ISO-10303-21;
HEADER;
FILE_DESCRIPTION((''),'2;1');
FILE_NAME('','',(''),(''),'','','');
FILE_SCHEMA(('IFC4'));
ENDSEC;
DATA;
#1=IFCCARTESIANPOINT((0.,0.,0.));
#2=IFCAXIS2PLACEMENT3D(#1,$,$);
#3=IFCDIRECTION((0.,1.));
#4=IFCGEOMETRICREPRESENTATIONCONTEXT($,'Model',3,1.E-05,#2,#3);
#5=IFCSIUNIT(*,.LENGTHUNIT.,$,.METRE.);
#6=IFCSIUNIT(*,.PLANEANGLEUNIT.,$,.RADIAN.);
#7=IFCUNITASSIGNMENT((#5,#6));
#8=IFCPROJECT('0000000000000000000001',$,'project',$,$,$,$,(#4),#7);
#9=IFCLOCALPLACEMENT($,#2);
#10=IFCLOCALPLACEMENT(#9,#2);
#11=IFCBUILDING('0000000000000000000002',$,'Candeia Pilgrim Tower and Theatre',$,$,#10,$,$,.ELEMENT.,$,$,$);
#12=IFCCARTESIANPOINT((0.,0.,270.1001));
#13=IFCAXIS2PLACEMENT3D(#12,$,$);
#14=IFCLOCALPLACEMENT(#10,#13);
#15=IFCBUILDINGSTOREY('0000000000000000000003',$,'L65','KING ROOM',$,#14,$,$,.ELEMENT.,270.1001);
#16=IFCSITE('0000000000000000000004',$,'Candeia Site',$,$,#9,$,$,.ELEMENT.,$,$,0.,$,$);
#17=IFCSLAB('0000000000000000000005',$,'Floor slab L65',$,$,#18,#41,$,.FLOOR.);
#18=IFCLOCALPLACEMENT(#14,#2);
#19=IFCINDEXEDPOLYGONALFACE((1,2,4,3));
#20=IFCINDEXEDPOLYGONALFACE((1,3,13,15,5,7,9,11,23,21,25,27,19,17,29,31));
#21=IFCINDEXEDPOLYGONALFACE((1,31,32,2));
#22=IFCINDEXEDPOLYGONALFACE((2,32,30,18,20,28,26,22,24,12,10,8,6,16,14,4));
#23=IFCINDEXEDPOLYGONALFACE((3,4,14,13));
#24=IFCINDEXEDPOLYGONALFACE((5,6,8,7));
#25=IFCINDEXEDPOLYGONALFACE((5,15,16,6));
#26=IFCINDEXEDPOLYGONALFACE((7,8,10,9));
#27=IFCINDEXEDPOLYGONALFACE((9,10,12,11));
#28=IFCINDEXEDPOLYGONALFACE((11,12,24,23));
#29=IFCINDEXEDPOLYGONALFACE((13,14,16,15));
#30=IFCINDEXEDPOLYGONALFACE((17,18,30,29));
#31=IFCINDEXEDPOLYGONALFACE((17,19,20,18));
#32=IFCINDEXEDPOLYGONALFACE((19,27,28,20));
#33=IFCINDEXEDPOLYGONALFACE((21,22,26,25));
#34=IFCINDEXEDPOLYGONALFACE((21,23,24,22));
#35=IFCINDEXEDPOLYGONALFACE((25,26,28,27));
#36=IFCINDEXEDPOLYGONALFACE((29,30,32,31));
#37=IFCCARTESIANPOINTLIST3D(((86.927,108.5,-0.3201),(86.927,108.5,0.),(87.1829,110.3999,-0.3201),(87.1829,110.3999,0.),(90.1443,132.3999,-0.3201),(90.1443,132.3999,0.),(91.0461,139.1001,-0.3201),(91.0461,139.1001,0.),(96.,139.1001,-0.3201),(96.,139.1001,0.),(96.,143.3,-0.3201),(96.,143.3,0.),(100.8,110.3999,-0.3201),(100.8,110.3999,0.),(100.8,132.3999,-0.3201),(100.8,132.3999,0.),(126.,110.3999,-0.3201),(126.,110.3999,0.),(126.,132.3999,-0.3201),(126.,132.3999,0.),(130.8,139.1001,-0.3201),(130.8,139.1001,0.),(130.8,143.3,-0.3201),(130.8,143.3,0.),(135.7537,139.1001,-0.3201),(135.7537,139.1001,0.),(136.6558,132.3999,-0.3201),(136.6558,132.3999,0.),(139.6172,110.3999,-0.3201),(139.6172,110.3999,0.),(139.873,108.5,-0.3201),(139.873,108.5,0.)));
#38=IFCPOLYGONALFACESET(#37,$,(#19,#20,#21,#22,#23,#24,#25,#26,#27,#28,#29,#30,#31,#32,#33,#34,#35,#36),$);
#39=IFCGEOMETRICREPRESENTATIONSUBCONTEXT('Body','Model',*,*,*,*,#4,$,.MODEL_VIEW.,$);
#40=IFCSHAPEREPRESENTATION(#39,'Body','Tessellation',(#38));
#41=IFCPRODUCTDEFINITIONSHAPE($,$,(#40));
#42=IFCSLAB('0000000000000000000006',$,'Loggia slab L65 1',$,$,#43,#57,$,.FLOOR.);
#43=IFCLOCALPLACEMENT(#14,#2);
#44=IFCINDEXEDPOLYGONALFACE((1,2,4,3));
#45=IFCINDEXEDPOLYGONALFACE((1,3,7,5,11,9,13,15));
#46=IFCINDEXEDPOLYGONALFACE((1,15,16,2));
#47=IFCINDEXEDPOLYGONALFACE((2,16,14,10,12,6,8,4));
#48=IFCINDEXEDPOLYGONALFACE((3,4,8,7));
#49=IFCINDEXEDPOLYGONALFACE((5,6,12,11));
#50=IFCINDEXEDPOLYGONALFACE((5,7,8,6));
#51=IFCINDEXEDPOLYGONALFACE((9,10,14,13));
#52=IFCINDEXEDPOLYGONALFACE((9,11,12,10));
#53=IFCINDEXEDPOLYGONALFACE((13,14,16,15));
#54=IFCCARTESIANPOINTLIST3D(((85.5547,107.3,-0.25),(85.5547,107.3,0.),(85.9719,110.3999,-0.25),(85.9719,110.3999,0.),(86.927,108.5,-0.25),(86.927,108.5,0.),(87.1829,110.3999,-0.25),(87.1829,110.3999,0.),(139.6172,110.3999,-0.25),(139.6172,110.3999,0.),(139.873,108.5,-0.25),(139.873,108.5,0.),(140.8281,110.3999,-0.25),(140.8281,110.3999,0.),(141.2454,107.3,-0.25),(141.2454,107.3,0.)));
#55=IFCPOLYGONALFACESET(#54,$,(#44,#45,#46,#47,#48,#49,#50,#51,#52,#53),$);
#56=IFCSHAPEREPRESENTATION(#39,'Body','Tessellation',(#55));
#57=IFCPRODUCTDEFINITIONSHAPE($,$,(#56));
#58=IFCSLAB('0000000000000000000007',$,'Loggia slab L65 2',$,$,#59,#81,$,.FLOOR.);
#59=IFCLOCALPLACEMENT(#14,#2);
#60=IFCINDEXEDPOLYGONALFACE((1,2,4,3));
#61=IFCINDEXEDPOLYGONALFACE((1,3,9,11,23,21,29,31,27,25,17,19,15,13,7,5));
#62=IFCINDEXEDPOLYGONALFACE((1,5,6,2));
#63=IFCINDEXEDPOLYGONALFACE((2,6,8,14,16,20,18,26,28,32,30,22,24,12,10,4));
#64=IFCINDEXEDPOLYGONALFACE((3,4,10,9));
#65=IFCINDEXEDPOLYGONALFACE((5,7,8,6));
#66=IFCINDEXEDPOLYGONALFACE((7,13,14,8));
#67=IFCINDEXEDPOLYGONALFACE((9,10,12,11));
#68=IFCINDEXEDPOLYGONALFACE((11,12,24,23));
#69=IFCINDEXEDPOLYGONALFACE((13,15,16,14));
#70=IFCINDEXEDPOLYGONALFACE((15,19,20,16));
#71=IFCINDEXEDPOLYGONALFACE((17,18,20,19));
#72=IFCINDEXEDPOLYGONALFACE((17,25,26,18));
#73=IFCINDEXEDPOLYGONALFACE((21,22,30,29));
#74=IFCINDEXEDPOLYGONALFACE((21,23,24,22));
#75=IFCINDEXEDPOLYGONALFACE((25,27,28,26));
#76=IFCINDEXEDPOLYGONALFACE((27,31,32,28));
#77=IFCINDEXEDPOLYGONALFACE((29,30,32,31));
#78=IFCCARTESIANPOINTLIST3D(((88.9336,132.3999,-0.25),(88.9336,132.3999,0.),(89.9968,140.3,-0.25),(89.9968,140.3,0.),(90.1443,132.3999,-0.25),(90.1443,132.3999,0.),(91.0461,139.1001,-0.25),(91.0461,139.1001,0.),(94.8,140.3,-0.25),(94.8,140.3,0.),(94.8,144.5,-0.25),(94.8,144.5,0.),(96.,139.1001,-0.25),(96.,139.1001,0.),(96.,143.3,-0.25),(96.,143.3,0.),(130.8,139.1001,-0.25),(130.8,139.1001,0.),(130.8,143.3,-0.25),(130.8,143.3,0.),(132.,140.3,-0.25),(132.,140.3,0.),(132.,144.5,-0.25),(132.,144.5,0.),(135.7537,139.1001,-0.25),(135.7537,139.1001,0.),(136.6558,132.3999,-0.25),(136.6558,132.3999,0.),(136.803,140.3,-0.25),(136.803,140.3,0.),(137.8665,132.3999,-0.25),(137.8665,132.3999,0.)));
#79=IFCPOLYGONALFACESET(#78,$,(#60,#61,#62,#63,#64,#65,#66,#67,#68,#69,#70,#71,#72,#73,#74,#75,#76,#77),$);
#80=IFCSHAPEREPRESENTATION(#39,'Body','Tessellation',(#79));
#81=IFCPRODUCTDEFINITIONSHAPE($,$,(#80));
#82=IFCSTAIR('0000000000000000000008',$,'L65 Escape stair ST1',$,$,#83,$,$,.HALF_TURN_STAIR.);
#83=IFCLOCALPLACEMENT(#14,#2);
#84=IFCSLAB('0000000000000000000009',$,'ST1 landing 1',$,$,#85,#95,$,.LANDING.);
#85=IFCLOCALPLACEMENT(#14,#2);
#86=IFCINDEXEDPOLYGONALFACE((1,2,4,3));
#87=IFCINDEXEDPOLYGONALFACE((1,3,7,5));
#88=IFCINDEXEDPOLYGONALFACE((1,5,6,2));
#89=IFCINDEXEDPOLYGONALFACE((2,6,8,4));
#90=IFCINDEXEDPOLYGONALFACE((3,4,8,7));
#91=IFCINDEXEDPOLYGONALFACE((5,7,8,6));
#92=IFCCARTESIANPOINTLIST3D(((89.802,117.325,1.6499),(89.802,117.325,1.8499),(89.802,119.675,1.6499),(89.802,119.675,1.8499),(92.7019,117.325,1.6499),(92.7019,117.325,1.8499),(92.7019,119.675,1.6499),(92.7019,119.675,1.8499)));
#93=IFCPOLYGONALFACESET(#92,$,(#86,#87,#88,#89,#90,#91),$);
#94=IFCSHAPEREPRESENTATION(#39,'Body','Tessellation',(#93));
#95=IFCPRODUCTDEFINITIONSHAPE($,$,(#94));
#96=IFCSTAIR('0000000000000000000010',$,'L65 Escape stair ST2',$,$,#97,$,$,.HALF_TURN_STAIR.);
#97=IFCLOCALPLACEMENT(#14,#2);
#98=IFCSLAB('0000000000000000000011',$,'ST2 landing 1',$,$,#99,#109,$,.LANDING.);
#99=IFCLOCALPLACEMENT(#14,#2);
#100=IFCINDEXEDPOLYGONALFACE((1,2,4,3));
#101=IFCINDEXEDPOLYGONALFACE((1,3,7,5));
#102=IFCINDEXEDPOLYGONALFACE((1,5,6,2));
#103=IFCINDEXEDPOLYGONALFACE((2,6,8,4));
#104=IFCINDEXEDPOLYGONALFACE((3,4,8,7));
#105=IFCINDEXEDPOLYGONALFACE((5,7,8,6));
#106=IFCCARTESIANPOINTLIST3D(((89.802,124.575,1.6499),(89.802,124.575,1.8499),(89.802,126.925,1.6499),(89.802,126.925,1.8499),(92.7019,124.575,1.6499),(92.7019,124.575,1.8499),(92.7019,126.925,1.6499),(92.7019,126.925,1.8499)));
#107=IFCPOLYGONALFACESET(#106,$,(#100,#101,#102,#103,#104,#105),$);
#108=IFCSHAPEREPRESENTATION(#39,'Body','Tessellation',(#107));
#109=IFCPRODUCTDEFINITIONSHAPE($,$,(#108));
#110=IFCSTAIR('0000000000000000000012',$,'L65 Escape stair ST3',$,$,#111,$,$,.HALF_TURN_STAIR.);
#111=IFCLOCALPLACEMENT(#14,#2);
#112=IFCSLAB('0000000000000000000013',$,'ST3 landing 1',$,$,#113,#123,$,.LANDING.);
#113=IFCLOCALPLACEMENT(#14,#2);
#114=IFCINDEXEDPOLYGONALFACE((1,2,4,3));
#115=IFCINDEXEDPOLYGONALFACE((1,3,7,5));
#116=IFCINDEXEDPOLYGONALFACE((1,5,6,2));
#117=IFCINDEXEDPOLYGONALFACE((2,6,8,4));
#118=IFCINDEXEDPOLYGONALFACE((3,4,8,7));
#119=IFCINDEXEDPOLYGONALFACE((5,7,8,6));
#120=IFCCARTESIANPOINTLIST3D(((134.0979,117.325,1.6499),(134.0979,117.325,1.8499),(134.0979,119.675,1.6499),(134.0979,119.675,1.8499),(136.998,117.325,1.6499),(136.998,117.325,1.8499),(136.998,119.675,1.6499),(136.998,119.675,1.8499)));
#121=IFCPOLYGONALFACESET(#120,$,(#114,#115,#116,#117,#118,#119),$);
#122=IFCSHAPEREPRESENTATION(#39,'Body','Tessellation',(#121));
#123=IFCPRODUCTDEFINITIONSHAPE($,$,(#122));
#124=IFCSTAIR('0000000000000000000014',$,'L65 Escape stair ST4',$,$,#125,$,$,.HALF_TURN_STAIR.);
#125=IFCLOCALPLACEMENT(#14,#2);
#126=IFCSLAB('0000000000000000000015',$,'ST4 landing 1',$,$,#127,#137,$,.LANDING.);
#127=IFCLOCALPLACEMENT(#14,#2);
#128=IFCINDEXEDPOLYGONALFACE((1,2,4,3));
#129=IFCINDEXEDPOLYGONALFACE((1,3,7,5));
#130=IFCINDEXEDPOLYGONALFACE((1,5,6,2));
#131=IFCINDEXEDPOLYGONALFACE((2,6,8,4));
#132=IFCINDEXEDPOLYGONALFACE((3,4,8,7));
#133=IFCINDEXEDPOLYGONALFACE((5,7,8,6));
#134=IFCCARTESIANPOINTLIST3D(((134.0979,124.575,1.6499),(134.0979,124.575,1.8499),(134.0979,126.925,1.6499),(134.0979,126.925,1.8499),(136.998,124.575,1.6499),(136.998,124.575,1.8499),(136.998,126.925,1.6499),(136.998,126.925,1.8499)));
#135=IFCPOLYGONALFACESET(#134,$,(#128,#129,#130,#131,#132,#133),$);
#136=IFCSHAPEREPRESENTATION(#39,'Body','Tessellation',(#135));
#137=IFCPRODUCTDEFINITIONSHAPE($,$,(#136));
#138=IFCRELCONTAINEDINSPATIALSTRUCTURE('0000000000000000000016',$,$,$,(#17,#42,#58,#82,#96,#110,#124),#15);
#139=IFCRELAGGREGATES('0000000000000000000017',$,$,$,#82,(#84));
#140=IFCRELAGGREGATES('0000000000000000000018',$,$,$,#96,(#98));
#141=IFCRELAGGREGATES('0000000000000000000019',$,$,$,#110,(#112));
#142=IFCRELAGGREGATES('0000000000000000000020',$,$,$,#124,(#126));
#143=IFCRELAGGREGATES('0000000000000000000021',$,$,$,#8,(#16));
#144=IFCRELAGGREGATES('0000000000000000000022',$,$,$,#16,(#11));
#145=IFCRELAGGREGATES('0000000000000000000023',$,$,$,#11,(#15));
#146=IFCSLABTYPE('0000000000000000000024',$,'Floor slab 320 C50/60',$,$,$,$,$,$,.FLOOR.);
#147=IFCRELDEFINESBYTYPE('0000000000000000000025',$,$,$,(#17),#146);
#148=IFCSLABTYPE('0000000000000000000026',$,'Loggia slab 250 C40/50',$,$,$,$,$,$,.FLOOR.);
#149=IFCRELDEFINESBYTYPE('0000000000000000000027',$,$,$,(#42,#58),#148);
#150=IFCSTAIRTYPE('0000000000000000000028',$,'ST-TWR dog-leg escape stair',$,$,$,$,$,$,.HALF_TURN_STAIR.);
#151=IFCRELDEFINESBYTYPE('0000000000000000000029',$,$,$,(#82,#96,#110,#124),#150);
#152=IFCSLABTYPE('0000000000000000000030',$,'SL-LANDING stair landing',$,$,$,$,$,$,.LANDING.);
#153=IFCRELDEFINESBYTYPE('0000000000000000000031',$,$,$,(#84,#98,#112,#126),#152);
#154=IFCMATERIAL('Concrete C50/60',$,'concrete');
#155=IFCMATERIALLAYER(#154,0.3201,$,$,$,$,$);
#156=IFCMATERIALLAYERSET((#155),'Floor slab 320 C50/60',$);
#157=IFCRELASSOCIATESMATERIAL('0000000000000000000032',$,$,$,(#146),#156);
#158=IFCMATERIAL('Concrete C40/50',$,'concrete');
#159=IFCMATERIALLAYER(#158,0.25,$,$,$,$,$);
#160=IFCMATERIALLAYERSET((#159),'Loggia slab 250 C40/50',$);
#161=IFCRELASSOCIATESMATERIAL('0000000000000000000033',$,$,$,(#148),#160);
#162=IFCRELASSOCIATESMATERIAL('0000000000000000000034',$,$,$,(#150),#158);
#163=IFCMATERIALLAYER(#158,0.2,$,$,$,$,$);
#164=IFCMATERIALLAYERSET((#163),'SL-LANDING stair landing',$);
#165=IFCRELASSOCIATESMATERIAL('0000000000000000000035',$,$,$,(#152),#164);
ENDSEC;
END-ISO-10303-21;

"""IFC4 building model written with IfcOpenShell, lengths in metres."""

from ifc_helpers import new_model, si_unit, direction, frame, origin, place, context, subcontext, project, spatial, polyline, outline, extrude, material, layer, layer_set, type_object, element, aggregate, save


model = new_model("IFC4")

# Units and contexts
model_context = context("Model", 3, precision=1e-05, world=origin(), true_north=direction((0.0, 1.0)))
body_context = subcontext(model_context, "Body", "Model", "MODEL_VIEW")
ifc_project = project(units=[si_unit("LENGTHUNIT", "METRE"), si_unit("PLANEANGLEUNIT", "RADIAN")], contexts=[model_context])

# Site, building, storey
site_placement = place(None, origin())
site = spatial("IfcSite", under=ifc_project, at=site_placement, Name="Candeia Site", CompositionType="ELEMENT", RefElevation=0.0)
building_placement = place(site_placement, origin())
building = spatial("IfcBuilding", under=site, at=building_placement, Name="Candeia Pilgrim Tower and Theatre", CompositionType="ELEMENT")
storey_placement = place(building_placement, frame((0.0, 0.0, 270.1001)))
storey = spatial("IfcBuildingStorey", under=building, at=storey_placement, Name="L65", Description="KING ROOM", CompositionType="ELEMENT", Elevation=270.1001)

# Shared definitions
ifc_material_1 = material(Name="Concrete C40/50", Category="concrete")

# Slabs
ifc_material_2 = material(Name="Concrete C50/60", Category="concrete")
ifc_layer_1 = layer(ifc_material_2, 0.3201)
ifc_layer_set_1 = layer_set([ifc_layer_1], Name="Floor slab 320 C50/60")
slab_type_1 = type_object("IfcSlabType", Name="Floor slab 320 C50/60", PredefinedType="FLOOR", material=ifc_layer_set_1)
slab_1_placement = place(storey_placement, frame((0.0, 0.0, -0.3201)))
element("IfcSlab", 1, at=slab_1_placement, inside=storey, type_object=slab_type_1, Name="Floor slab L65", PredefinedType="FLOOR", context=body_context, shape_type="SweptSolid", body=[
    extrude(outline(polyline([(96.0, 139.1001), (96.0, 143.3), (130.8, 143.3), (130.8, 139.1001), (135.7537, 139.1001), (136.6558, 132.3999), (126.0, 132.3999), (126.0, 110.3999), (139.6172, 110.3999), (139.873, 108.5), (86.927, 108.5), (87.1829, 110.3999), (100.8, 110.3999), (100.8, 132.3999), (90.1443, 132.3999), (91.0461, 139.1001), (96.0, 139.1001)])), origin(), (0.0, 0.0, 1.0), 0.3201),
])
ifc_layer_2 = layer(ifc_material_1, 0.25)
ifc_layer_set_2 = layer_set([ifc_layer_2], Name="Loggia slab 250 C40/50")
slab_type_2 = type_object("IfcSlabType", Name="Loggia slab 250 C40/50", PredefinedType="FLOOR", material=ifc_layer_set_2)
slab_2_placement = place(storey_placement, frame((0.0, 0.0, -0.25)))
element("IfcSlab", 2, at=slab_2_placement, inside=storey, type_object=slab_type_2, Name="Loggia slab L65 1", PredefinedType="FLOOR", context=body_context, shape_type="SweptSolid", body=[
    extrude(outline(polyline([(86.927, 108.5), (139.873, 108.5), (139.6172, 110.3999), (140.8281, 110.3999), (141.2454, 107.3), (85.5547, 107.3), (85.9719, 110.3999), (87.1829, 110.3999), (86.927, 108.5)])), origin(), (0.0, 0.0, 1.0), 0.25),
])
slab_3_placement = place(storey_placement, frame((0.0, 0.0, -0.25)))
element("IfcSlab", 3, at=slab_3_placement, inside=storey, type_object=slab_type_2, Name="Loggia slab L65 2", PredefinedType="FLOOR", context=body_context, shape_type="SweptSolid", body=[
    extrude(outline(polyline([(136.6558, 132.3999), (135.7537, 139.1001), (130.8, 139.1001), (130.8, 143.3), (96.0, 143.3), (96.0, 139.1001), (91.0461, 139.1001), (90.1443, 132.3999), (88.9336, 132.3999), (89.9968, 140.3), (94.8, 140.3), (94.8, 144.5), (132.0, 144.5), (132.0, 140.3), (136.803, 140.3), (137.8665, 132.3999), (136.6558, 132.3999)])), origin(), (0.0, 0.0, 1.0), 0.25),
])

# Stairs, slabs
stair_type = type_object("IfcStairType", Name="ST-TWR dog-leg escape stair", PredefinedType="HALF_TURN_STAIR", material=ifc_material_1)
stair_1_placement = place(storey_placement, origin())
stair_1 = element("IfcStair", 4, at=stair_1_placement, inside=storey, type_object=stair_type, Name="L65 Escape stair ST1", PredefinedType="HALF_TURN_STAIR")
ifc_layer_3 = layer(ifc_material_1, 0.2)
ifc_layer_set_3 = layer_set([ifc_layer_3], Name="SL-LANDING stair landing")
slab_type_3 = type_object("IfcSlabType", Name="SL-LANDING stair landing", PredefinedType="LANDING", material=ifc_layer_set_3)
slab_4_placement = place(storey_placement, frame((0.0, 0.0, 1.6499)))
slab_4 = element("IfcSlab", 5, at=slab_4_placement, type_object=slab_type_3, Name="ST1 landing 1", PredefinedType="LANDING", context=body_context, shape_type="SweptSolid", body=[
    extrude(outline(polyline([(89.802, 119.675), (89.802, 117.325), (92.7019, 117.325), (92.7019, 119.675), (89.802, 119.675)])), origin(), (0.0, 0.0, 1.0), 0.2),
])
aggregate(stair_1, [slab_4])
stair_2_placement = place(storey_placement, origin())
stair_2 = element("IfcStair", 6, at=stair_2_placement, inside=storey, type_object=stair_type, Name="L65 Escape stair ST2", PredefinedType="HALF_TURN_STAIR")
slab_5_placement = place(storey_placement, frame((0.0, 0.0, 1.6499)))
slab_5 = element("IfcSlab", 7, at=slab_5_placement, type_object=slab_type_3, Name="ST2 landing 1", PredefinedType="LANDING", context=body_context, shape_type="SweptSolid", body=[
    extrude(outline(polyline([(89.802, 126.925), (89.802, 124.575), (92.7019, 124.575), (92.7019, 126.925), (89.802, 126.925)])), origin(), (0.0, 0.0, 1.0), 0.2),
])
aggregate(stair_2, [slab_5])
stair_3_placement = place(storey_placement, origin())
stair_3 = element("IfcStair", 8, at=stair_3_placement, inside=storey, type_object=stair_type, Name="L65 Escape stair ST3", PredefinedType="HALF_TURN_STAIR")
slab_6_placement = place(storey_placement, frame((0.0, 0.0, 1.6499)))
slab_6 = element("IfcSlab", 9, at=slab_6_placement, type_object=slab_type_3, Name="ST3 landing 1", PredefinedType="LANDING", context=body_context, shape_type="SweptSolid", body=[
    extrude(outline(polyline([(134.0979, 119.675), (134.0979, 117.325), (136.998, 117.325), (136.998, 119.675), (134.0979, 119.675)])), origin(), (0.0, 0.0, 1.0), 0.2),
])
aggregate(stair_3, [slab_6])
stair_4_placement = place(storey_placement, origin())
stair_4 = element("IfcStair", 10, at=stair_4_placement, inside=storey, type_object=stair_type, Name="L65 Escape stair ST4", PredefinedType="HALF_TURN_STAIR")
slab_7_placement = place(storey_placement, frame((0.0, 0.0, 1.6499)))
slab_7 = element("IfcSlab", 11, at=slab_7_placement, type_object=slab_type_3, Name="ST4 landing 1", PredefinedType="LANDING", context=body_context, shape_type="SweptSolid", body=[
    extrude(outline(polyline([(134.0979, 126.925), (134.0979, 124.575), (136.998, 124.575), (136.998, 126.925), (134.0979, 126.925)])), origin(), (0.0, 0.0, 1.0), 0.2),
])
aggregate(stair_4, [slab_7])

save(model, "model.ifc")
